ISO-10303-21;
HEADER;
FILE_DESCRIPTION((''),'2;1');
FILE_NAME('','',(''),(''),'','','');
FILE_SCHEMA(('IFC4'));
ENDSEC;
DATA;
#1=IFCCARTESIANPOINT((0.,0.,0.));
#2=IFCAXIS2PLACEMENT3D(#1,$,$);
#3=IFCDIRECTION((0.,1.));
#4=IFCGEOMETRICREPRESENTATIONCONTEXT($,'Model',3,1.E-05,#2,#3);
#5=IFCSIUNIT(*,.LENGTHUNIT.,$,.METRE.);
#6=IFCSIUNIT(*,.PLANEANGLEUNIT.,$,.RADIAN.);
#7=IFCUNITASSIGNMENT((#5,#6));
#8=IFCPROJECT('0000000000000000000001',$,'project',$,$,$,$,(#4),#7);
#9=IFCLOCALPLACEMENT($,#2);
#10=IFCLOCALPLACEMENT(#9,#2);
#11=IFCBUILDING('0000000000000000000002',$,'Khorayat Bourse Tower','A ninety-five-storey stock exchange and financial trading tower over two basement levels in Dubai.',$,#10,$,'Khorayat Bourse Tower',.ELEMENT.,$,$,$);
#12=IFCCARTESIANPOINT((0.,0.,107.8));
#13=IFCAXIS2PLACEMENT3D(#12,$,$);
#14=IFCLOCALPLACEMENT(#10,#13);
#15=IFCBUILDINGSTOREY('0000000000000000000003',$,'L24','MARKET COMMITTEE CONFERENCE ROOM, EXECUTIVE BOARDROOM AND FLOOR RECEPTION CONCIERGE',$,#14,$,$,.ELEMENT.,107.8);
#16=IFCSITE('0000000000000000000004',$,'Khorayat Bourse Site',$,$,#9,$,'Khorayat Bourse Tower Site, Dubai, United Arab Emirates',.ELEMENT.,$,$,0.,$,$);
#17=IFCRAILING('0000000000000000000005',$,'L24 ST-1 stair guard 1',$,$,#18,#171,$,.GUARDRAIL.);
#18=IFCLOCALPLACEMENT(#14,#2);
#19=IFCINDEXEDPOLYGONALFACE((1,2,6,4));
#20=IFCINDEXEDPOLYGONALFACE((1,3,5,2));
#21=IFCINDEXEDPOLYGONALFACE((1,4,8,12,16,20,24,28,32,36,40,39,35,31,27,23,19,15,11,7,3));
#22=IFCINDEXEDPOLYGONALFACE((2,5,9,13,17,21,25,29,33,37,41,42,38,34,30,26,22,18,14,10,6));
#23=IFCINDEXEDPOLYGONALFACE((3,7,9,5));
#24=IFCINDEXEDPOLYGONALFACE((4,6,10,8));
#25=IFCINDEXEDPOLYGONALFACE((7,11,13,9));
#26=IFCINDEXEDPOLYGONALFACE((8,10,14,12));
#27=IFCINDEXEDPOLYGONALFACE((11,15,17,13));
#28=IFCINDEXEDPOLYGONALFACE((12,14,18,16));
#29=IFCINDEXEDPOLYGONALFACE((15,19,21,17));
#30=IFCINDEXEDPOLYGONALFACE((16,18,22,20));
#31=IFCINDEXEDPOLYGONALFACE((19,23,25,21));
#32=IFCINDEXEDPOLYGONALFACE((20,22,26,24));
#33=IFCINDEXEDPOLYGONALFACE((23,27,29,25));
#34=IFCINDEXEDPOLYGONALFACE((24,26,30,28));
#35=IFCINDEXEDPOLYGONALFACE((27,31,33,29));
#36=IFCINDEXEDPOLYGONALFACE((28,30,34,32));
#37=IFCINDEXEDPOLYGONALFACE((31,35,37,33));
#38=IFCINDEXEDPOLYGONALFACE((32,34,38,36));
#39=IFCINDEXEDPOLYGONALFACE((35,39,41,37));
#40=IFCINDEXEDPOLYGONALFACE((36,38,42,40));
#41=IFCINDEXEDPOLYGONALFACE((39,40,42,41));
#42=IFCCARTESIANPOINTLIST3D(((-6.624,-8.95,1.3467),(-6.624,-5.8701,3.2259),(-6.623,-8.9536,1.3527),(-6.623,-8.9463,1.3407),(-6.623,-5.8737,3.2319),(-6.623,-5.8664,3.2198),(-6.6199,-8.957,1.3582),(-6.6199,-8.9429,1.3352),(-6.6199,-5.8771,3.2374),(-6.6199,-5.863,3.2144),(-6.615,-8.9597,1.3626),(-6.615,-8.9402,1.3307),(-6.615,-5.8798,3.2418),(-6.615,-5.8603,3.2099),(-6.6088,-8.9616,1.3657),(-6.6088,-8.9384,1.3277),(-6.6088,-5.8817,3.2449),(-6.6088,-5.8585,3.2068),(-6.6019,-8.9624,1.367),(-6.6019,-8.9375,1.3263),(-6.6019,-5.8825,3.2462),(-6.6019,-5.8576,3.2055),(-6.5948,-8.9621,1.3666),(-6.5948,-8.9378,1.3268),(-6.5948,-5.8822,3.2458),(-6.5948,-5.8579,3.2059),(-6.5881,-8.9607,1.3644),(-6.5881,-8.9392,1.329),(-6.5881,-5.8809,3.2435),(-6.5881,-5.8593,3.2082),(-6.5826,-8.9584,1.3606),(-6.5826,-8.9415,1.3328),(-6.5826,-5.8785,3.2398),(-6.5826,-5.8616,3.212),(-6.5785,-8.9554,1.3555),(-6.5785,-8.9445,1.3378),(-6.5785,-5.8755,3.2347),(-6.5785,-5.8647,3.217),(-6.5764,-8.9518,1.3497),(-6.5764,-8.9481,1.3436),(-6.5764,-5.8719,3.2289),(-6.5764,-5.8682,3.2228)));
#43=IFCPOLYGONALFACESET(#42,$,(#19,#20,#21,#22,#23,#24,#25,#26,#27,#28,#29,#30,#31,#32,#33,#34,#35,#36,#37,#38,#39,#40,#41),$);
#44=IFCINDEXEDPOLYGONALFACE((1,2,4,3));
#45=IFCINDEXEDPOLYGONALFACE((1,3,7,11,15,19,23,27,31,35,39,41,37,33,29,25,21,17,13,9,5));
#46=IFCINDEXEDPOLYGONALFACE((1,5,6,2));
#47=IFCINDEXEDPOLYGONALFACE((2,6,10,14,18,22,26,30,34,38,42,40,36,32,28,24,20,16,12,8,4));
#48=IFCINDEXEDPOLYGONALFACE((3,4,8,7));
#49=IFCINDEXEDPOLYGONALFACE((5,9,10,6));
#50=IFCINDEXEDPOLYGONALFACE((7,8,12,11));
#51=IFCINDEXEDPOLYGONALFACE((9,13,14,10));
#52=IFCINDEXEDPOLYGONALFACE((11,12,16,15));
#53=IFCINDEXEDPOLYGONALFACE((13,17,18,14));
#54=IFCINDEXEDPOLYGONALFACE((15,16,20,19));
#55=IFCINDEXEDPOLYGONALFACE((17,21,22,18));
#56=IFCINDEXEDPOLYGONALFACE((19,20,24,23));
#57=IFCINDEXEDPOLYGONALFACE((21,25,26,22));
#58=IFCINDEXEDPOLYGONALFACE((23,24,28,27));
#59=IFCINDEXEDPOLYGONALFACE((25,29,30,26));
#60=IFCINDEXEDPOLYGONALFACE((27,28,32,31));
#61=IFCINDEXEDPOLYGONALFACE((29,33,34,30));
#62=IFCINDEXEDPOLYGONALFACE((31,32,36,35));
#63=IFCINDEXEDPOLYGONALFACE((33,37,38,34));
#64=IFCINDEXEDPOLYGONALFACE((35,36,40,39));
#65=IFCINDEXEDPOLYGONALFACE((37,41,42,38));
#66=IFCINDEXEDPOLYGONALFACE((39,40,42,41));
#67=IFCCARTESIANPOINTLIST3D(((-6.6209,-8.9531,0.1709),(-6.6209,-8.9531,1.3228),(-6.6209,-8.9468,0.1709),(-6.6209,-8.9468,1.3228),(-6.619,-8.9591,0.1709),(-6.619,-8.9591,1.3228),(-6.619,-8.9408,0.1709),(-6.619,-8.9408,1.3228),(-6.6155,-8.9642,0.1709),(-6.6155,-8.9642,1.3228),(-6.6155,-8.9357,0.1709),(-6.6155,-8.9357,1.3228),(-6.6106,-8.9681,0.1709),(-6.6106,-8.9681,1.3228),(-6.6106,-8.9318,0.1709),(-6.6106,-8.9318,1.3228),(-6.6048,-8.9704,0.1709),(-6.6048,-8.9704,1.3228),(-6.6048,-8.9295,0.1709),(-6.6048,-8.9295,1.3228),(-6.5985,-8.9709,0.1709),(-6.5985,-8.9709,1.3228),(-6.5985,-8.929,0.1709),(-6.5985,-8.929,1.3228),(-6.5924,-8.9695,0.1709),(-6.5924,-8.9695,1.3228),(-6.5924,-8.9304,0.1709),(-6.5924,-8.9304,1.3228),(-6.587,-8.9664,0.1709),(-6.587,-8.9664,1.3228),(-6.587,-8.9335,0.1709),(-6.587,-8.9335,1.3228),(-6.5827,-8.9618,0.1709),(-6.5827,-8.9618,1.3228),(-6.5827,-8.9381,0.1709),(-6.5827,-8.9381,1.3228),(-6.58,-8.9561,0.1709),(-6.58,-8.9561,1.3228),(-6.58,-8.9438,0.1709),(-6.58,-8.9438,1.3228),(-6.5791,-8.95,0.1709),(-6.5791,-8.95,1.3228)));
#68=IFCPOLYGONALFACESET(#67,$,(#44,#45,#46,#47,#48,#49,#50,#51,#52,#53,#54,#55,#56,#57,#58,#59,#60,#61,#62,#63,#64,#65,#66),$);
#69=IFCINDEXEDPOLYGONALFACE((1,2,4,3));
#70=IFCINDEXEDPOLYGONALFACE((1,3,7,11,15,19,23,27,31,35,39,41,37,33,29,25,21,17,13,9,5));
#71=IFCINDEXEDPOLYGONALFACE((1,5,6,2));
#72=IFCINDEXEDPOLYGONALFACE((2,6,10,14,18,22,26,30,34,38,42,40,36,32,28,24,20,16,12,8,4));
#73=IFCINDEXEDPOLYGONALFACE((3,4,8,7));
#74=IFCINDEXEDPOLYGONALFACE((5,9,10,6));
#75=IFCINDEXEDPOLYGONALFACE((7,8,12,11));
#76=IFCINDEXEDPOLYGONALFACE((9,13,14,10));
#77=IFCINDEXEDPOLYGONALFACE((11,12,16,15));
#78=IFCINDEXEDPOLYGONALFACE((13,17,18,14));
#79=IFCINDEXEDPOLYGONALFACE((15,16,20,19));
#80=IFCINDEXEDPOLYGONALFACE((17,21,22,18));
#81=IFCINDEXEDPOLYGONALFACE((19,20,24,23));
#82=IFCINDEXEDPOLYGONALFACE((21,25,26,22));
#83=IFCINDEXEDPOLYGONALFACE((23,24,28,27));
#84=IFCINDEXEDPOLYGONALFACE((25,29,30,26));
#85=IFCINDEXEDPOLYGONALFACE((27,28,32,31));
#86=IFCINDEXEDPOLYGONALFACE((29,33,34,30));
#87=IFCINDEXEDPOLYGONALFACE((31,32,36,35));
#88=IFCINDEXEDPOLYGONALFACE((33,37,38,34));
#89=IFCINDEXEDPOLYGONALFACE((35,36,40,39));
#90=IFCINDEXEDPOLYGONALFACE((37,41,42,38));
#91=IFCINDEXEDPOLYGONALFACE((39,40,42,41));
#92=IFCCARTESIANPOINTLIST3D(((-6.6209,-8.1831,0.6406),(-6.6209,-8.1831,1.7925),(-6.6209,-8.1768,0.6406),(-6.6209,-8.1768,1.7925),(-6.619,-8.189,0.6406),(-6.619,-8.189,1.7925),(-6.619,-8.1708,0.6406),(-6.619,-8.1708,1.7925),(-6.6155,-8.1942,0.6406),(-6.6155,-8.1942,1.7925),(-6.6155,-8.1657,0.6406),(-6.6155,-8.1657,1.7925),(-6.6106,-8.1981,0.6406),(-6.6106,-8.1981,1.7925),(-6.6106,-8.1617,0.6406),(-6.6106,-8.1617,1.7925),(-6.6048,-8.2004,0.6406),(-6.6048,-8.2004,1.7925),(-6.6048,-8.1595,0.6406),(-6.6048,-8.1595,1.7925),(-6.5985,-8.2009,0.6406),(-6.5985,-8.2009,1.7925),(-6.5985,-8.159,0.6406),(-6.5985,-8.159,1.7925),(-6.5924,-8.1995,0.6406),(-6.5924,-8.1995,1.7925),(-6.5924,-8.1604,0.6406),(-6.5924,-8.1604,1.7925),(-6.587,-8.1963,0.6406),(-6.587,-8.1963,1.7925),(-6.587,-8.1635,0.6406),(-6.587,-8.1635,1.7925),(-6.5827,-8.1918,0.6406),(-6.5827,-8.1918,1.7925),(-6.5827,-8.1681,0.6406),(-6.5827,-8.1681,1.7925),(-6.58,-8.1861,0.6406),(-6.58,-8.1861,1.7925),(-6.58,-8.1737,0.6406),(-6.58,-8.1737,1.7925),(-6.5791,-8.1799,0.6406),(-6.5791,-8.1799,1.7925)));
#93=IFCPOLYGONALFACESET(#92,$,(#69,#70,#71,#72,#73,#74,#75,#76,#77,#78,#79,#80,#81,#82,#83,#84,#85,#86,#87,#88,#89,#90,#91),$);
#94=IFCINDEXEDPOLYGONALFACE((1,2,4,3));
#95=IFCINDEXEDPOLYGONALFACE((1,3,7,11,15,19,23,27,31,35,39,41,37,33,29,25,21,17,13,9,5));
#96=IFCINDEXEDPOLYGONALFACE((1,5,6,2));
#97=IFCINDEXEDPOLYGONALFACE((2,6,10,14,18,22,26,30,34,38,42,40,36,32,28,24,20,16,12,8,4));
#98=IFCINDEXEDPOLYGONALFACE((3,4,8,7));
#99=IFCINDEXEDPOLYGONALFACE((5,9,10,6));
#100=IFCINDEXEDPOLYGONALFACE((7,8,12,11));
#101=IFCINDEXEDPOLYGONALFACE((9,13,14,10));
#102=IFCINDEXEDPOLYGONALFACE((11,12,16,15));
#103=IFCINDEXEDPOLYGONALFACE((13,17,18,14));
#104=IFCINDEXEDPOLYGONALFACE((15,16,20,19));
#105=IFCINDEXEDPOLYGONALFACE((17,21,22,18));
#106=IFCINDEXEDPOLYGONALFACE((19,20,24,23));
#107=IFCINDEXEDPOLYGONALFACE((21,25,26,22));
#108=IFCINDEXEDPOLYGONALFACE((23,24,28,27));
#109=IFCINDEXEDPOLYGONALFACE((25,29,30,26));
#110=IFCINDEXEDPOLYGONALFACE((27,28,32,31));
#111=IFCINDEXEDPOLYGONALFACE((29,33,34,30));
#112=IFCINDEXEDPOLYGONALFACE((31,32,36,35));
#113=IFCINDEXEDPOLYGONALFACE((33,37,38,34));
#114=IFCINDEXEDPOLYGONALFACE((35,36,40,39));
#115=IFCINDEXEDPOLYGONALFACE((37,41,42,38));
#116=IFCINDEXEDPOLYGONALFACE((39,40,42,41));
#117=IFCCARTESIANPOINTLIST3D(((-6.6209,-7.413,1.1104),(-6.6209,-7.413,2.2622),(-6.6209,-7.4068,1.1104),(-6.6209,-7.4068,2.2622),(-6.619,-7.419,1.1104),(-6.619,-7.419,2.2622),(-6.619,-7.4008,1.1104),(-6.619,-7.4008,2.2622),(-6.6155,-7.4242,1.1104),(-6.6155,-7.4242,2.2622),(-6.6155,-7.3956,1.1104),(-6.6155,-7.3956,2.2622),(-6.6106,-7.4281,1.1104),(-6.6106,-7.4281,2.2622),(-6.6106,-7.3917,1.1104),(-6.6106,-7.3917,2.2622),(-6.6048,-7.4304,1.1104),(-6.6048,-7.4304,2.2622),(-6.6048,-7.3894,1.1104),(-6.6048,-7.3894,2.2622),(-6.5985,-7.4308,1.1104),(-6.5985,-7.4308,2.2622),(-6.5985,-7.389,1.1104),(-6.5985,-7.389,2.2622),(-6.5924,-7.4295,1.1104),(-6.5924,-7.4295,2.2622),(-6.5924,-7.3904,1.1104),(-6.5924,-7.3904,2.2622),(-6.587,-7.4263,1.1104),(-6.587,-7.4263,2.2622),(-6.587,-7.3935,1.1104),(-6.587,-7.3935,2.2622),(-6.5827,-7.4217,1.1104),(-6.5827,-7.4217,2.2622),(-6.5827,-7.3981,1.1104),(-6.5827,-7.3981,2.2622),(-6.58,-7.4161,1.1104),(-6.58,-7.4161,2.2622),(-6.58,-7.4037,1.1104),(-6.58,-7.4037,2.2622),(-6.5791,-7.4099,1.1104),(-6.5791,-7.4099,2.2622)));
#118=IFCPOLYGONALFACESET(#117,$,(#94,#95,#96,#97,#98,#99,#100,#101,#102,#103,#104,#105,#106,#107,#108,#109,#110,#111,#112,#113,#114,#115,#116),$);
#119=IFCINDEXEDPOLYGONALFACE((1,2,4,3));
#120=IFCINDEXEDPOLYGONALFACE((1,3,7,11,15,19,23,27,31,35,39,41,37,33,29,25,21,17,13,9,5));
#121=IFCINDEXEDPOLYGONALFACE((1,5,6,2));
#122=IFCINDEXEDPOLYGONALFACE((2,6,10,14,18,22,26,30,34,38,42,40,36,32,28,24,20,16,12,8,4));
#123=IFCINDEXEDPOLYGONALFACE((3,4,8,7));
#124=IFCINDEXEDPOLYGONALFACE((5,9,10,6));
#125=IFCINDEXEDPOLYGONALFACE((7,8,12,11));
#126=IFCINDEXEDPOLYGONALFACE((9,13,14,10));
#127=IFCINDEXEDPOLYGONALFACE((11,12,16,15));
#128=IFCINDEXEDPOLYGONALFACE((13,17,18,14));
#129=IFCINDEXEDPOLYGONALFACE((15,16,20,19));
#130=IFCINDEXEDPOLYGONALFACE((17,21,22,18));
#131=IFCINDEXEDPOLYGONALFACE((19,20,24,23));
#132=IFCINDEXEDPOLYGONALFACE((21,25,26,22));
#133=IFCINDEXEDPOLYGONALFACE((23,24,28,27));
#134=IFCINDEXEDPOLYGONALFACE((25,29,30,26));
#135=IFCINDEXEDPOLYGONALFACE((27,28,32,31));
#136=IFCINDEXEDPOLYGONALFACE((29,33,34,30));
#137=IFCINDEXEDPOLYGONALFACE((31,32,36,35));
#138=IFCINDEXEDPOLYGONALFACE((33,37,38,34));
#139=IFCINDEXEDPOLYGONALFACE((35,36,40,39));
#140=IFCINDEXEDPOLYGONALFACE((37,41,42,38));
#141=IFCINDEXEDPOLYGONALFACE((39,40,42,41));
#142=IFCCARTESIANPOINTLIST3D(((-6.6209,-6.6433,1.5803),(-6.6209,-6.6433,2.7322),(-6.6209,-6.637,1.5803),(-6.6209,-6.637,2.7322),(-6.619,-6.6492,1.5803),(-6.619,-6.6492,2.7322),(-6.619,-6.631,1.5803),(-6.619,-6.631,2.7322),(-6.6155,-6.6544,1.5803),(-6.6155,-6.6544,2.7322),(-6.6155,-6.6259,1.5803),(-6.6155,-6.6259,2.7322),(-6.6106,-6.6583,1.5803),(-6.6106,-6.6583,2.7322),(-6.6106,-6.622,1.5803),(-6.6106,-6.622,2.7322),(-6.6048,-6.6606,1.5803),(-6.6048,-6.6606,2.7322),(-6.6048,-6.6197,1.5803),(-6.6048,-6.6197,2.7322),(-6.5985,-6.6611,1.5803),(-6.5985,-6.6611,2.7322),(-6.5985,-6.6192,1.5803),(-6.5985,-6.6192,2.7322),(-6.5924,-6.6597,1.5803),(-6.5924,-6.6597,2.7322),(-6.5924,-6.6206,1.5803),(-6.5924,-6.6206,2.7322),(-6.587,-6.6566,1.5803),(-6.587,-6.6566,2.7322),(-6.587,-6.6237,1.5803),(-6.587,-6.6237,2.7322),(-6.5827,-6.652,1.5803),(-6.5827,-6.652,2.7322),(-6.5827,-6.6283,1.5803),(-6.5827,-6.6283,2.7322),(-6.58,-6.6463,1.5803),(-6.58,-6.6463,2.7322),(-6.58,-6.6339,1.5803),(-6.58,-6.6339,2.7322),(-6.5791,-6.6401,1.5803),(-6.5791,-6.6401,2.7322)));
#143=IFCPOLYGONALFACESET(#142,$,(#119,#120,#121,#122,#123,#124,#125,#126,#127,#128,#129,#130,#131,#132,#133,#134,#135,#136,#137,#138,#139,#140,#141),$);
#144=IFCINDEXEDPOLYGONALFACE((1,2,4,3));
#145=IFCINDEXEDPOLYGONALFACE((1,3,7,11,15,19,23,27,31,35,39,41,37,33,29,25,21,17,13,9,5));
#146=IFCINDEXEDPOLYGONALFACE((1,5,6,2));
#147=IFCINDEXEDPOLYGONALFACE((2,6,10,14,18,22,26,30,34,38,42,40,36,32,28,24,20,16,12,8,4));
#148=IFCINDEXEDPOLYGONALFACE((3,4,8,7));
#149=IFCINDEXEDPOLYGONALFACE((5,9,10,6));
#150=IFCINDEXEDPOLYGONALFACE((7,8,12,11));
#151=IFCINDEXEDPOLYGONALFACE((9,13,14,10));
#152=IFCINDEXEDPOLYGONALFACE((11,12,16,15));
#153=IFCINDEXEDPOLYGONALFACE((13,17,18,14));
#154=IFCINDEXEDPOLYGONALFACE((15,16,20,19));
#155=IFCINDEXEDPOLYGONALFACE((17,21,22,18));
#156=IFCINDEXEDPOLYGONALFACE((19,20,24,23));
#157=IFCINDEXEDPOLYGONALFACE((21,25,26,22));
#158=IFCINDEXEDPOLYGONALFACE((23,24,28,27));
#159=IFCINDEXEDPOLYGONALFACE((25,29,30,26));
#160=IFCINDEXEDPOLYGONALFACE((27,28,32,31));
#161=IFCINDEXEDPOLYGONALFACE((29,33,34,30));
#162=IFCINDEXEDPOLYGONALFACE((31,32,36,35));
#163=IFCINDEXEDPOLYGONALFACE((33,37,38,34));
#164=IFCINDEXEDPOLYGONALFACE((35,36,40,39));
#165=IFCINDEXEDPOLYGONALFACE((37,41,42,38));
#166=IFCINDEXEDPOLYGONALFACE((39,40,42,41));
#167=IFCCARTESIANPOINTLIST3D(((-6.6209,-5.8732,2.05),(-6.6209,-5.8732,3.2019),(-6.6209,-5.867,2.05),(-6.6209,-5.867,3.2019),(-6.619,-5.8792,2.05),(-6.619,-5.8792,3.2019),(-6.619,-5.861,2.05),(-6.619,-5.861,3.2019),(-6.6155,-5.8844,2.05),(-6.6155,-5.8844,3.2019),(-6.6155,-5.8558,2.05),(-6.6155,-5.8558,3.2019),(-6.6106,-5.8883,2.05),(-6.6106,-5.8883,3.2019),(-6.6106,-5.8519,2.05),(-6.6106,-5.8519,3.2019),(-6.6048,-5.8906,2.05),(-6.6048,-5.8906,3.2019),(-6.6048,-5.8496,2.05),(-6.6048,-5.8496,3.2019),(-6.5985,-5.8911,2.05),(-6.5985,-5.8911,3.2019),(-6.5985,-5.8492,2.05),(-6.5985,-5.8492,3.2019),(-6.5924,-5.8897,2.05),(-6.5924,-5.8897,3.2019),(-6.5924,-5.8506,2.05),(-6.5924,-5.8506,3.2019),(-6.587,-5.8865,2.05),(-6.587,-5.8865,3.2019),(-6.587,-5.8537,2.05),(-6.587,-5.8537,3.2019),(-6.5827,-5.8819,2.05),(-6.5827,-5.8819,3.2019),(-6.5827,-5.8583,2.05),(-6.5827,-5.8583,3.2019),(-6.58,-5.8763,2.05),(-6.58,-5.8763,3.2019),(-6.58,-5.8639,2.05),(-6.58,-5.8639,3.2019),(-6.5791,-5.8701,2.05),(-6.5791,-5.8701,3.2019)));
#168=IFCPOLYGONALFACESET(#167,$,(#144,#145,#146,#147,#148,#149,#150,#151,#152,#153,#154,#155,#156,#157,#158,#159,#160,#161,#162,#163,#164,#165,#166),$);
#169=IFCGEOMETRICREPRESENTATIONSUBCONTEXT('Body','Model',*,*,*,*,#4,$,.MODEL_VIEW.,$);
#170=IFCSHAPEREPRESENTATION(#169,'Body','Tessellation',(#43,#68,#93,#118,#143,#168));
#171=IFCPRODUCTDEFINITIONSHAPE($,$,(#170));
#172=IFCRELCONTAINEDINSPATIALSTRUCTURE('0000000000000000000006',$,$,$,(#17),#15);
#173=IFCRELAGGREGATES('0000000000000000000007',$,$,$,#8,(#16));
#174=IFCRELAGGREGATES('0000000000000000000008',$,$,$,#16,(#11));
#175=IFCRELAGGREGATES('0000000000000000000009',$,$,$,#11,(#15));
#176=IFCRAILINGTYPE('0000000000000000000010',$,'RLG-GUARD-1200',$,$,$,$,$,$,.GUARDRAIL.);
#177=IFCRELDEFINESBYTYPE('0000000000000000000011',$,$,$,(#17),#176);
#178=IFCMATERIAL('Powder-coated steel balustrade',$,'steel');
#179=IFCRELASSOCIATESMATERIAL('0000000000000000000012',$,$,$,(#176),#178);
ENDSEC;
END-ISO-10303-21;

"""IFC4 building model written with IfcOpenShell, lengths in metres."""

from ifc_helpers import new_model, si_unit, direction, frame, origin, origin_2d, place, context, subcontext, project, spatial, circle, extrude, source, transform, mapped, material, type_object, element, save


model = new_model("IFC4")

# Units and contexts
model_context = context("Model", 3, precision=1e-05, world=origin(), true_north=direction((0.0, 1.0)))
body_context = subcontext(model_context, "Body", "Model", "MODEL_VIEW")
ifc_project = project(units=[si_unit("LENGTHUNIT", "METRE"), si_unit("PLANEANGLEUNIT", "RADIAN")], contexts=[model_context])

# Site, building, storey
site_placement = place(None, origin())
site = spatial("IfcSite", under=ifc_project, at=site_placement, Name="Khorayat Bourse Site", LongName="Khorayat Bourse Tower Site, Dubai, United Arab Emirates", CompositionType="ELEMENT", RefElevation=0.0)
building_placement = place(site_placement, origin())
building = spatial("IfcBuilding", under=site, at=building_placement, Name="Khorayat Bourse Tower", Description="A ninety-five-storey stock exchange and financial trading tower over two basement levels in Dubai.", LongName="Khorayat Bourse Tower", CompositionType="ELEMENT")
storey_placement = place(building_placement, frame((0.0, 0.0, 107.8)))
storey = spatial("IfcBuildingStorey", under=building, at=storey_placement, Name="L24", Description="MARKET COMMITTEE CONFERENCE ROOM, EXECUTIVE BOARDROOM AND FLOOR RECEPTION CONCIERGE", CompositionType="ELEMENT", Elevation=107.8)

# Railing
ifc_material_1 = material(Name="Powder-coated steel balustrade", Category="steel")
railing_type_1 = type_object("IfcRailingType", Name="RLG-GUARD-1200", PredefinedType="GUARDRAIL", material=ifc_material_1)
shared_shape_1 = source(origin(), body_context, "Body", "SweptSolid", [
    extrude(circle(Radius=0.0239, at=origin_2d()), frame((0.0, 0.0, 1.1758), z_axis=(0.0, 0.853648, 0.52085), x_axis=(-1.0, 0.0, 0.0)), (0.0, 0.0, 1.0), 3.6079),
    extrude(circle(Radius=0.021, at=origin_2d()), origin(), (0.0, 0.0, 1.0), 1.1519),
    extrude(circle(Radius=0.021, at=origin_2d()), frame((0.0, 0.77, 0.4697)), (0.0, 0.0, 1.0), 1.1519),
    extrude(circle(Radius=0.021, at=origin_2d()), frame((0.0, 1.54, 0.9395)), (0.0, 0.0, 1.0), 1.1519),
    extrude(circle(Radius=0.021, at=origin_2d()), frame((0.0, 2.3098, 1.4094)), (0.0, 0.0, 1.0), 1.1519),
    extrude(circle(Radius=0.021, at=origin_2d()), frame((0.0, 3.0798, 1.8792)), (0.0, 0.0, 1.0), 1.1519),
])
railing_1_placement = place(storey_placement, frame((-6.6001, -8.95, 0.1709)))
element("IfcRailing", 1, at=railing_1_placement, inside=storey, type_object=railing_type_1, Name="L24 ST-1 stair guard 1", PredefinedType="GUARDRAIL", context=body_context, shape_type="MappedRepresentation", body=[
    mapped(shared_shape_1, transform((0.0, 0.0, 0.0), scale=1.0)),
])

save(model, "model.ifc")
